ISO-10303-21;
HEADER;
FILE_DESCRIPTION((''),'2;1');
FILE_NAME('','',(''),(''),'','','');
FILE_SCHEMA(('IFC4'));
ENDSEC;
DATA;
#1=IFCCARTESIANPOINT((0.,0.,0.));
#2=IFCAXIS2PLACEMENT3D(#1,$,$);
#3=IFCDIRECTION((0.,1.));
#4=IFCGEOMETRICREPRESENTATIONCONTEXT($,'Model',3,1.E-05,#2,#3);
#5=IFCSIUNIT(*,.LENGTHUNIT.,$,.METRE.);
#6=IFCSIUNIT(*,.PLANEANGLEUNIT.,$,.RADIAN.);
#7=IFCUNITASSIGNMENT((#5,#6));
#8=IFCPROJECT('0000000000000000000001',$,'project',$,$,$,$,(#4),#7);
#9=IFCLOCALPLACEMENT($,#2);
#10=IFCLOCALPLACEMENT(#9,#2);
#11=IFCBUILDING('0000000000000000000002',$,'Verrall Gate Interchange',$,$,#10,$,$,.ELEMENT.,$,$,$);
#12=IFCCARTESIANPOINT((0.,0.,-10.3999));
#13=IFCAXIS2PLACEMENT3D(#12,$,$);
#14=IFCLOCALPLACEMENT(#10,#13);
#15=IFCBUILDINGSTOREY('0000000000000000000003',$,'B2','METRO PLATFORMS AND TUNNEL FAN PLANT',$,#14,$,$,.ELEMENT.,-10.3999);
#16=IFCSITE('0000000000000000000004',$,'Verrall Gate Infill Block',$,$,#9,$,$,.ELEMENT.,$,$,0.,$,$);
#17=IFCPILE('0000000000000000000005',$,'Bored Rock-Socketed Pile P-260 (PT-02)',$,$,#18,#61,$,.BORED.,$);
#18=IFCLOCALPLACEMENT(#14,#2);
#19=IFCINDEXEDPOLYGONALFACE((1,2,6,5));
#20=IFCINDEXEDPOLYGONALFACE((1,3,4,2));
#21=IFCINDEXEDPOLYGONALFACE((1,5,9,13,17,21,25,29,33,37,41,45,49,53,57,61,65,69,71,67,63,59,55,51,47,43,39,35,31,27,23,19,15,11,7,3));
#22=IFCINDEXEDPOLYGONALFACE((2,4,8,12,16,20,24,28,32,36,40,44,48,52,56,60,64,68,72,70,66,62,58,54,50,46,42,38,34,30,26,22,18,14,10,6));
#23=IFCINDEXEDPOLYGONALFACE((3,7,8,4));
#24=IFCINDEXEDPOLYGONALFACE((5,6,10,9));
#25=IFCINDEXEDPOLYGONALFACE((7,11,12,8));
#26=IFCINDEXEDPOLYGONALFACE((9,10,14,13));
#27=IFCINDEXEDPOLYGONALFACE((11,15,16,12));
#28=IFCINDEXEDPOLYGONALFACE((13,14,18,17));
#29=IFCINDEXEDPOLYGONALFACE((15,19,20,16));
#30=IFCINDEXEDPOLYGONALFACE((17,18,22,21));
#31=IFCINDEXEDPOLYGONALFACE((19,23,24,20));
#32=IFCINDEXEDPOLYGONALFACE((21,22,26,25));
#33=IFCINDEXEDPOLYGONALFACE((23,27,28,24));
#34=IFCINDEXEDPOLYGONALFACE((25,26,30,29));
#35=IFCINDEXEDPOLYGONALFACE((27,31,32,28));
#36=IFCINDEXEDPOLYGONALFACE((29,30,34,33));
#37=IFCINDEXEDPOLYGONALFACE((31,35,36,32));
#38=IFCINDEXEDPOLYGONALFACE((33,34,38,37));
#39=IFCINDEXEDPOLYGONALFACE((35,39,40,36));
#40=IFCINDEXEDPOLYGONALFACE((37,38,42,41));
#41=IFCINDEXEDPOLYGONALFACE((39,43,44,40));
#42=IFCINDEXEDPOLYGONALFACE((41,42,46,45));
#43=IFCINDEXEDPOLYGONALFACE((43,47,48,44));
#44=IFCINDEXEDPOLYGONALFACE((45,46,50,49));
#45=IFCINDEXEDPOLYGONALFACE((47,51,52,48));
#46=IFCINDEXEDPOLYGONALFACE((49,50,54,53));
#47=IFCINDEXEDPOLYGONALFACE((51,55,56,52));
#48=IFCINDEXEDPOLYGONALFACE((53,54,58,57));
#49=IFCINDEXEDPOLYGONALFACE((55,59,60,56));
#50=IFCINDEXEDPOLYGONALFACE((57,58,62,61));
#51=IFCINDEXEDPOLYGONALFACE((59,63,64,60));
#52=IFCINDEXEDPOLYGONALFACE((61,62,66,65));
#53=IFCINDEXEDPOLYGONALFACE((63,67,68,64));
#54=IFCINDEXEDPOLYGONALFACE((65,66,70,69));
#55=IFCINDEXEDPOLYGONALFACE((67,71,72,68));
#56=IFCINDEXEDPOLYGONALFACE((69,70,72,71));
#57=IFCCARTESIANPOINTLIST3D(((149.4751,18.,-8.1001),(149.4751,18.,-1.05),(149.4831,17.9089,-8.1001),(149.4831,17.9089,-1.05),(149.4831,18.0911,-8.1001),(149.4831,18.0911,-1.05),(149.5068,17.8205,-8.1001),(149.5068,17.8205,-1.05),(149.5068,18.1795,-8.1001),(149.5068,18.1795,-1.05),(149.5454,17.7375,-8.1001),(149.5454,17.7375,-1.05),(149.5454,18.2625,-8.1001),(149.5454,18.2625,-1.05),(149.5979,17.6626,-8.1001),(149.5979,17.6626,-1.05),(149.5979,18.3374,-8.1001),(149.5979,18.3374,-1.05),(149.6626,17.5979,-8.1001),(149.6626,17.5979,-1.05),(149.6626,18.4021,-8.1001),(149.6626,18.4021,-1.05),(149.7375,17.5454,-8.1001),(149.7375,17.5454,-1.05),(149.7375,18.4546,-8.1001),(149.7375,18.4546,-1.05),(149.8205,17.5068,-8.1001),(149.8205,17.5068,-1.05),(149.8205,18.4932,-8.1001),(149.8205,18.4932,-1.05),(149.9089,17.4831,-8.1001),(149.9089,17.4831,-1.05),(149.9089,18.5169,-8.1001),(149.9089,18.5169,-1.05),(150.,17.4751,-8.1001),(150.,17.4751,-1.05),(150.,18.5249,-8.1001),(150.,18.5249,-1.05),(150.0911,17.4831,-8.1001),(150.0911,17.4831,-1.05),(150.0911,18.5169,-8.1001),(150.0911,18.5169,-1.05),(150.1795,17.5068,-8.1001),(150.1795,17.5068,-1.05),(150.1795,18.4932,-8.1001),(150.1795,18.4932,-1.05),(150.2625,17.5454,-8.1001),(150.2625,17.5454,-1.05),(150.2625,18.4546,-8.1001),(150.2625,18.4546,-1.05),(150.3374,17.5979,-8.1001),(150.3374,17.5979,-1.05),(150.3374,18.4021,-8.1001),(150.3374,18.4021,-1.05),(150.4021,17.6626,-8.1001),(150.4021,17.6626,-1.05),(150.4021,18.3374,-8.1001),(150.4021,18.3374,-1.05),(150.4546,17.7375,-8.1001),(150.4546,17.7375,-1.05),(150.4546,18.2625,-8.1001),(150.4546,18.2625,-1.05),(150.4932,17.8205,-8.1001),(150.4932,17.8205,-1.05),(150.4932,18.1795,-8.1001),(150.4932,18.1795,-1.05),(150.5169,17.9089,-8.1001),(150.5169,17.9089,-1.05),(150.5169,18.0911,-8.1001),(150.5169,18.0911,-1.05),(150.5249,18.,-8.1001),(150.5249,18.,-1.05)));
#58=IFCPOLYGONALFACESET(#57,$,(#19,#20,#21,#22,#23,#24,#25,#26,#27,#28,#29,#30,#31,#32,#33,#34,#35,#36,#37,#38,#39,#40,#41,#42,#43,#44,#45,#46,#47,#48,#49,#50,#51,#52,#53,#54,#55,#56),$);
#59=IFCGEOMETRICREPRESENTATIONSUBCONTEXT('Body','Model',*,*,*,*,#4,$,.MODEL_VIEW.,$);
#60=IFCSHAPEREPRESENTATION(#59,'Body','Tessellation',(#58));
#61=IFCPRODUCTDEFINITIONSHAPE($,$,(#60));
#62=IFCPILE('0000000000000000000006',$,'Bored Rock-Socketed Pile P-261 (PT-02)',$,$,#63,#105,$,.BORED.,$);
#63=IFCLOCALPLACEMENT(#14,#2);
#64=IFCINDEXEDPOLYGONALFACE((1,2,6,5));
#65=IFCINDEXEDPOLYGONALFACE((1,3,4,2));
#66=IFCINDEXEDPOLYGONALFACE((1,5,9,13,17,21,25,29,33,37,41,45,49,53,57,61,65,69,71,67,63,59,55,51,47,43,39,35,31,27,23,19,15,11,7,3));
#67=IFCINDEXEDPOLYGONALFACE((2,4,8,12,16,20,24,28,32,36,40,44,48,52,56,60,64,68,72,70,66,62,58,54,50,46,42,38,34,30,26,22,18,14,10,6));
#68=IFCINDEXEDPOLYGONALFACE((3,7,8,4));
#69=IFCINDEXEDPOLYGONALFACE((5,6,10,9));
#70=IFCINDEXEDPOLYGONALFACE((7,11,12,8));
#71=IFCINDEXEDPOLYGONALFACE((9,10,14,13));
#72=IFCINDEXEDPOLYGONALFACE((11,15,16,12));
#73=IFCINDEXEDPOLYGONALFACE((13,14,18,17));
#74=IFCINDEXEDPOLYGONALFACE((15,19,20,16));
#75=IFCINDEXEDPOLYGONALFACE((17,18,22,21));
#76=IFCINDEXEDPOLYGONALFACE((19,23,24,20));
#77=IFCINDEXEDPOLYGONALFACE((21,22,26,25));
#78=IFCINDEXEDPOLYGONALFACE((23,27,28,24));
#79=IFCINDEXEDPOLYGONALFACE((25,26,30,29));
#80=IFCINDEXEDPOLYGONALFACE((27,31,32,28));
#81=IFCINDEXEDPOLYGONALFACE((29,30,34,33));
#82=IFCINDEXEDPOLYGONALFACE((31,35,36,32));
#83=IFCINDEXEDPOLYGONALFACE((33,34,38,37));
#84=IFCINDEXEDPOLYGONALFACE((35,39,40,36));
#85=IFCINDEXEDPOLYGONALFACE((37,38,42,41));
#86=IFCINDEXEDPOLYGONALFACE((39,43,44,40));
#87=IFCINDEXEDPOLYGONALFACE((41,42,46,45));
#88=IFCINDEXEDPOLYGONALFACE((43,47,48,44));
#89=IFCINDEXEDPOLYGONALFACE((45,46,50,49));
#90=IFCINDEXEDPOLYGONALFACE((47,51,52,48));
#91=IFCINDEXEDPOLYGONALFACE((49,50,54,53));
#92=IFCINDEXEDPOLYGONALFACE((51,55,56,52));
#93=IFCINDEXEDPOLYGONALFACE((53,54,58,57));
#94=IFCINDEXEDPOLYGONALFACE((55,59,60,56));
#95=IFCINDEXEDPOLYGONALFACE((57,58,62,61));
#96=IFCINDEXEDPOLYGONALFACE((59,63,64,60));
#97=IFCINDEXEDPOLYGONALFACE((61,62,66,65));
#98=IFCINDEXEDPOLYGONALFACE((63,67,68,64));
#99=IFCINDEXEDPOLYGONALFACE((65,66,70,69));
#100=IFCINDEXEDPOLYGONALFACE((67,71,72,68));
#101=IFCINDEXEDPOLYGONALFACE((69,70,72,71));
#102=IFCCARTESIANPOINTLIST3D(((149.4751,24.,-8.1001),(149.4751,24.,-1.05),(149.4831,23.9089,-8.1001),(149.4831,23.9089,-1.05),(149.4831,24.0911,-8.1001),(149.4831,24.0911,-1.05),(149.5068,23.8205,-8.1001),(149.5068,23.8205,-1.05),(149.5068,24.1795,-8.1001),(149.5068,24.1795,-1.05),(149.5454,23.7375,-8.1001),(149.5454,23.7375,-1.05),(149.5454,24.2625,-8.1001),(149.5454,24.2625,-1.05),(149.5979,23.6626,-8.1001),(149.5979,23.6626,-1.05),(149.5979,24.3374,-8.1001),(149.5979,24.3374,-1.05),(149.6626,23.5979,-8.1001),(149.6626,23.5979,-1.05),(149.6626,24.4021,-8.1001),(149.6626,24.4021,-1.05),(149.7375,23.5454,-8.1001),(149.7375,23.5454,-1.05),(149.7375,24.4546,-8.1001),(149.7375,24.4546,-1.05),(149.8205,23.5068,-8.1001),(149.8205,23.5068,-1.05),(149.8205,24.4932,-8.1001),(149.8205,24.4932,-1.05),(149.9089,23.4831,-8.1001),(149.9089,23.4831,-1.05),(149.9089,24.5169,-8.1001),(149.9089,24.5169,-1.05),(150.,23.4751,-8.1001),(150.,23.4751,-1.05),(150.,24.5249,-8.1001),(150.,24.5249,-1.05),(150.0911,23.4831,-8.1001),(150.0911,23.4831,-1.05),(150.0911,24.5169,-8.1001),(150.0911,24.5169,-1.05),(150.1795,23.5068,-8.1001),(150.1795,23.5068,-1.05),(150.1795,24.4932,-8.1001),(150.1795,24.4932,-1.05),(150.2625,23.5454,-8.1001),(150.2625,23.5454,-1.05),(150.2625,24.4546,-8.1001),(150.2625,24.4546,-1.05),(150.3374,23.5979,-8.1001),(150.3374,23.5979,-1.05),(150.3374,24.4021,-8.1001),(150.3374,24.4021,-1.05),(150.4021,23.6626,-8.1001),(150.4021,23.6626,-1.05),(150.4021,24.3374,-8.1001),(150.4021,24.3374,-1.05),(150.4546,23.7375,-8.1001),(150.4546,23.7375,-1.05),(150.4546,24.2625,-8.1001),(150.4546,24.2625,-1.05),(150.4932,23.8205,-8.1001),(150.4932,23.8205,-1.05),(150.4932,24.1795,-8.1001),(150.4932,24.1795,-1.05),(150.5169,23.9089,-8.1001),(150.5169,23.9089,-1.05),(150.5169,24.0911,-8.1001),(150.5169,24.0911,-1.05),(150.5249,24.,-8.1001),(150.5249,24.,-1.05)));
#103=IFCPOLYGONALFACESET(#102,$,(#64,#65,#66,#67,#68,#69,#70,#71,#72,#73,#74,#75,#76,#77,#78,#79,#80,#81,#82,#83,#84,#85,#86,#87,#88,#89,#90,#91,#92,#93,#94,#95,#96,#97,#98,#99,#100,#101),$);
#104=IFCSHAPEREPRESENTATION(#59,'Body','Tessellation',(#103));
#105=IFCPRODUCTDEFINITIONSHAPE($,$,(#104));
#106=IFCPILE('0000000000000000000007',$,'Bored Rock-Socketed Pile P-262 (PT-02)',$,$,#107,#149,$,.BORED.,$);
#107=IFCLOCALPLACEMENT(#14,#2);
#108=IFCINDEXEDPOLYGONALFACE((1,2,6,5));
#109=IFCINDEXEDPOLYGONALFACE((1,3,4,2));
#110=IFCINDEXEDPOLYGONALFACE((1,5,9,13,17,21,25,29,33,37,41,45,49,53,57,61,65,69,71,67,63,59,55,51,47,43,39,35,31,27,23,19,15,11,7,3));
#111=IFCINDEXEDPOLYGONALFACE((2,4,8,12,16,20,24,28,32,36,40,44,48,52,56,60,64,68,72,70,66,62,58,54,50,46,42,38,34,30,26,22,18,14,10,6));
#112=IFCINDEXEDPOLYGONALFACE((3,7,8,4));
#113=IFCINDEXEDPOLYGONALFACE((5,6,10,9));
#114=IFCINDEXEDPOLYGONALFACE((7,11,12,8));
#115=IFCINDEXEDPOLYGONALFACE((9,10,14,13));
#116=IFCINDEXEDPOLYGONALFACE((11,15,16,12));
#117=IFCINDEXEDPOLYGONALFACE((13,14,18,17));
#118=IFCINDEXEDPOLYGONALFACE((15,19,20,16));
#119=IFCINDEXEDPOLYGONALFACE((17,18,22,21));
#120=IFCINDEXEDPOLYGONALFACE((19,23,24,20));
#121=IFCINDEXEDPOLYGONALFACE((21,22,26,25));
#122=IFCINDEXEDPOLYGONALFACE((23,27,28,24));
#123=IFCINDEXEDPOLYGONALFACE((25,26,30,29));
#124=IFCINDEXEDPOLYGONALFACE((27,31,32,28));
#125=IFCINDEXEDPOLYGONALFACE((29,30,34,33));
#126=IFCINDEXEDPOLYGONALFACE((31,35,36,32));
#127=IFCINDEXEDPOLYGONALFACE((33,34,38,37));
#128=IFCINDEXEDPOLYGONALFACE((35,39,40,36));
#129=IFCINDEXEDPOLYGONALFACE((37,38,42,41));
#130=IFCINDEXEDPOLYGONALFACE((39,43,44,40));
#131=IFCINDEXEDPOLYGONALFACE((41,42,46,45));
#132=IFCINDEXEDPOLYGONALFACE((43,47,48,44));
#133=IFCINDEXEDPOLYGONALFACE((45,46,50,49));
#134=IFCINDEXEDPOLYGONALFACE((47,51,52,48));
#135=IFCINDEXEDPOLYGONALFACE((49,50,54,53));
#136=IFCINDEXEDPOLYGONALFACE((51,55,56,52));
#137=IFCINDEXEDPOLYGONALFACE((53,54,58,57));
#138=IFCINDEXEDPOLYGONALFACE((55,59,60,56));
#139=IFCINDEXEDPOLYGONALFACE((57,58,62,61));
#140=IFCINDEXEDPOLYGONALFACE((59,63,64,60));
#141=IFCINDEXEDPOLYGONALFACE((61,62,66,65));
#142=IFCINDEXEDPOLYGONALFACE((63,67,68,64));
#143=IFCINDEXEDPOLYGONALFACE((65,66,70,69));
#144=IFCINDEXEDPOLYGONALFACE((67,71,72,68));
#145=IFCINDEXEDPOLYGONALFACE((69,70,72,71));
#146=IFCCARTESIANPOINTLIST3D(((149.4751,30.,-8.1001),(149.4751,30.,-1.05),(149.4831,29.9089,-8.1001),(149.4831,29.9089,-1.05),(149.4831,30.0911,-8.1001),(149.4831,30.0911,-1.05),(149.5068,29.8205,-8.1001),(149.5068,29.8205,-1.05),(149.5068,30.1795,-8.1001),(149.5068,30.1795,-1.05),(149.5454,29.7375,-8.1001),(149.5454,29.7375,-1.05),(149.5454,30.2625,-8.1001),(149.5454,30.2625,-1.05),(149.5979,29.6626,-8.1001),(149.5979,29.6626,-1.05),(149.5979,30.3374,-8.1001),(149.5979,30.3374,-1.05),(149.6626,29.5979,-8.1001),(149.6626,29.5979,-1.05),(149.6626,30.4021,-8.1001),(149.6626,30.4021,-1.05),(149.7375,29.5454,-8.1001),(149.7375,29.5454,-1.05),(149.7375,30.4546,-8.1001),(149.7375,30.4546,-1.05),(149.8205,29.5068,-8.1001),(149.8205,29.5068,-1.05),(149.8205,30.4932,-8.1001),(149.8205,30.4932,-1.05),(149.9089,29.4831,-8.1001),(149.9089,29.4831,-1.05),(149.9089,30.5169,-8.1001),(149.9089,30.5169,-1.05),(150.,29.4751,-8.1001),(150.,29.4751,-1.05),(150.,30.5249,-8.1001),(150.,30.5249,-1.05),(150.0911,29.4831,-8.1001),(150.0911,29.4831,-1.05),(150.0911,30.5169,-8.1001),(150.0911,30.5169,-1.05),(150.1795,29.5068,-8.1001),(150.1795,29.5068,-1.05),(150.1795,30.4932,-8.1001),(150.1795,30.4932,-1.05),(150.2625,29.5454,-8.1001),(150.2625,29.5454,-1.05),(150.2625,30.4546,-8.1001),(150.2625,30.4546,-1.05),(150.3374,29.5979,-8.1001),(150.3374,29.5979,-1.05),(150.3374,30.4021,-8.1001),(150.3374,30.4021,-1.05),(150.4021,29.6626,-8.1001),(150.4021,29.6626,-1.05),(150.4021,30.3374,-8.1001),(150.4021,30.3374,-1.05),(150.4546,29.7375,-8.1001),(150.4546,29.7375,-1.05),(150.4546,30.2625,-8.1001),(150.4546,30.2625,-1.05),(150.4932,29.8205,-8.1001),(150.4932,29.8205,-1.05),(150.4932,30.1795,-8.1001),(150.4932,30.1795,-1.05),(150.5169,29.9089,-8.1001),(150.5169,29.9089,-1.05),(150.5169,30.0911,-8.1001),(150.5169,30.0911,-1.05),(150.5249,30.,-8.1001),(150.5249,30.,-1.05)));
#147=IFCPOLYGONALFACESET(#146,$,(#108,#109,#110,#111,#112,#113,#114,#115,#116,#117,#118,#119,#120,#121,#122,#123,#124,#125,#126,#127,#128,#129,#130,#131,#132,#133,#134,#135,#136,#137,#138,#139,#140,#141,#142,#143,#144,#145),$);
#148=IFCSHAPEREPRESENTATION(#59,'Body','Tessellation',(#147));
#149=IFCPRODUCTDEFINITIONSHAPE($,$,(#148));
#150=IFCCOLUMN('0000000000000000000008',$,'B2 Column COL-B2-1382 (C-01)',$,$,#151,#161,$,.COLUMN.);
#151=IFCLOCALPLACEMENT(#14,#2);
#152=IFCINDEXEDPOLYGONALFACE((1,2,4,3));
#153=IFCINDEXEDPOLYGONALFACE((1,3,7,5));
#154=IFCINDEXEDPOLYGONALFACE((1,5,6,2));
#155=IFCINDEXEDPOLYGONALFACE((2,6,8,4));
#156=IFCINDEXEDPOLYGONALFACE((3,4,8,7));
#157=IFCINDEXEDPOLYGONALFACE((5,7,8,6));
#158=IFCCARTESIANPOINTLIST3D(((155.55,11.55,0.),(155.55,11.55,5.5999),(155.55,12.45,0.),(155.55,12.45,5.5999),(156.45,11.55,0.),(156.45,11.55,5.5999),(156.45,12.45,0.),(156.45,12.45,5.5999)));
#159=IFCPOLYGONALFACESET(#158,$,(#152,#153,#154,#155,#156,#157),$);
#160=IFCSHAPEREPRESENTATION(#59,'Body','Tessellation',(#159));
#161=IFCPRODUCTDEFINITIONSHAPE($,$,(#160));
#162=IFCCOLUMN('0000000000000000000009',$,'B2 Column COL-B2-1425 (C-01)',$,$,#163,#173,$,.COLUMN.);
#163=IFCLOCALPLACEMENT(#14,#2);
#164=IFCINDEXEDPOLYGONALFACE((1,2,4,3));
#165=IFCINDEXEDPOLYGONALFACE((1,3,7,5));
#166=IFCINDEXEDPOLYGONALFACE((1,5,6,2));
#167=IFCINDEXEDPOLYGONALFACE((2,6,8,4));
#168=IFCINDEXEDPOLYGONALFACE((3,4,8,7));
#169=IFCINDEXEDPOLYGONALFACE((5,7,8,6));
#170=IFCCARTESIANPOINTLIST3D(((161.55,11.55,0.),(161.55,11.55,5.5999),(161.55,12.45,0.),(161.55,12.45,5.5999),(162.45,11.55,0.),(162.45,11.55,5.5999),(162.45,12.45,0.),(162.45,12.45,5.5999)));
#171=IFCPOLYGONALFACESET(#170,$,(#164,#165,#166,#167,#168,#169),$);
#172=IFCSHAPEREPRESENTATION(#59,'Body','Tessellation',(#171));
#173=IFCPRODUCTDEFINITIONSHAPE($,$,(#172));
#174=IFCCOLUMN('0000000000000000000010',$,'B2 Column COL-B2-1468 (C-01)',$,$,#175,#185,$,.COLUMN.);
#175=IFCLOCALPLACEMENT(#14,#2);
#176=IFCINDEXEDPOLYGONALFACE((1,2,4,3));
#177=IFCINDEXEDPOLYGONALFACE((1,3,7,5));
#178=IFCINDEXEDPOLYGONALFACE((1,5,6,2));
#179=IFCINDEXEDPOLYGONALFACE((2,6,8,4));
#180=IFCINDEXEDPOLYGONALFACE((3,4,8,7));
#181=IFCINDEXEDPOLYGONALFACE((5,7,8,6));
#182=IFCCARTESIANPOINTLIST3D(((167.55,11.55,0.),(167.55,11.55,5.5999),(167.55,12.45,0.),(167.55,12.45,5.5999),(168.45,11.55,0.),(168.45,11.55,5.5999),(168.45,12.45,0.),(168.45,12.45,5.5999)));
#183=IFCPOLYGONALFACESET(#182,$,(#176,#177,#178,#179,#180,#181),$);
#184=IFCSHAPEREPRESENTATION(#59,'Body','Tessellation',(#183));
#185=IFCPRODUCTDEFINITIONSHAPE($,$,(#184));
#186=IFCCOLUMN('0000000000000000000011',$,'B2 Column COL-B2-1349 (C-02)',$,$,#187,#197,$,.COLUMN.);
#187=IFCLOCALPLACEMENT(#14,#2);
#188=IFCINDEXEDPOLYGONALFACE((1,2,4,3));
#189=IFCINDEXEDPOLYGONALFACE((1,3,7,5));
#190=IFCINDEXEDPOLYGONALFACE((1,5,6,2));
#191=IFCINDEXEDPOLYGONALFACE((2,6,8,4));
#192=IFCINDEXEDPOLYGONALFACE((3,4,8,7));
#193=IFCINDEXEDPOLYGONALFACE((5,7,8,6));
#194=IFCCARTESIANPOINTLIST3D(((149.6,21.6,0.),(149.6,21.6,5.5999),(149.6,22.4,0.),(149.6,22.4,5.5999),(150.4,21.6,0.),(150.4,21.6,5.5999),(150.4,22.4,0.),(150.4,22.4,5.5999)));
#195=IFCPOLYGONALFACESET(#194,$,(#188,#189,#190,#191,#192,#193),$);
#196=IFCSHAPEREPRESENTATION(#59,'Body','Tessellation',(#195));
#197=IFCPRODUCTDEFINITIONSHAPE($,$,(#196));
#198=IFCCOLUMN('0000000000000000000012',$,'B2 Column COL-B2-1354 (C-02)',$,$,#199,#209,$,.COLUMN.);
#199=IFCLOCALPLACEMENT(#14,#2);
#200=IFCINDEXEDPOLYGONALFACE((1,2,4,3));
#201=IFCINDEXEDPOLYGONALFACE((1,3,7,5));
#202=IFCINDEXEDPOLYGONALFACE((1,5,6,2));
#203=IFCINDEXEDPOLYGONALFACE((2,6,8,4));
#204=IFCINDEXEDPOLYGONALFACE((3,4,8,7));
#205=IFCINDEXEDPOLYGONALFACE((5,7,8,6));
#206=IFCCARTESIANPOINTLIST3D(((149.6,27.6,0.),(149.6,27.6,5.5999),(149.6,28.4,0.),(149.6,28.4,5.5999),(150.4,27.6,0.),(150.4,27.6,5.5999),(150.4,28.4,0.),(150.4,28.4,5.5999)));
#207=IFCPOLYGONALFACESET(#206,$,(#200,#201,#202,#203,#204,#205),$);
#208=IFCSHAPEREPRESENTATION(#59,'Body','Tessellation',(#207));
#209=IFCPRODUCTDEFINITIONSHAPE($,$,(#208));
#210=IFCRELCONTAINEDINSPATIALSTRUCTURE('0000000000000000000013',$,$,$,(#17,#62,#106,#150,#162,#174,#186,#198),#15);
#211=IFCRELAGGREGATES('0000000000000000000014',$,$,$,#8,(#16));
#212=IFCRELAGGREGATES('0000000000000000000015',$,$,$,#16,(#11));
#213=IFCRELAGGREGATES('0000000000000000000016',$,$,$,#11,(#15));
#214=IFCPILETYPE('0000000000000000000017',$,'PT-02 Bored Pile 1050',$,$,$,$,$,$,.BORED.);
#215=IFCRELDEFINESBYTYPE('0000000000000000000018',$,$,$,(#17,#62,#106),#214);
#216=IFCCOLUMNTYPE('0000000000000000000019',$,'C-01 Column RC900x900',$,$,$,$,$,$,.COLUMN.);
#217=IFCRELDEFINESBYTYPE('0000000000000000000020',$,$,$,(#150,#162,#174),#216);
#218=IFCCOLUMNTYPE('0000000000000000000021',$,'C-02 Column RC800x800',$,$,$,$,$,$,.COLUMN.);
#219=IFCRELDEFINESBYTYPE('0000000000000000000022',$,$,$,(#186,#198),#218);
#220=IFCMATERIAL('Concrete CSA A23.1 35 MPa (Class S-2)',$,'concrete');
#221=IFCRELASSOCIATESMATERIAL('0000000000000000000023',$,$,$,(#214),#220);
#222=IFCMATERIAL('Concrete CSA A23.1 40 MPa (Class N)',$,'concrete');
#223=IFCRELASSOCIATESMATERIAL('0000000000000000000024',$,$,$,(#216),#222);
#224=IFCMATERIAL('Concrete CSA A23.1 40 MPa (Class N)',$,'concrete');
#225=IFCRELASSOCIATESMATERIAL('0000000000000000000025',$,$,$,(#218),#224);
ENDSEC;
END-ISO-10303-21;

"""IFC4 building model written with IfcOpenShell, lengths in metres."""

from ifc_helpers import new_model, si_unit, direction, frame, origin, origin_2d, place, context, subcontext, project, spatial, rectangle, circle, extrude, material, material_profile, profile_set, type_object, element, save


model = new_model("IFC4")

# Units and contexts
model_context = context("Model", 3, precision=1e-05, world=origin(), true_north=direction((0.0, 1.0)))
body_context = subcontext(model_context, "Body", "Model", "MODEL_VIEW")
ifc_project = project(units=[si_unit("LENGTHUNIT", "METRE"), si_unit("PLANEANGLEUNIT", "RADIAN")], contexts=[model_context])

# Site, building, storey
site_placement = place(None, origin())
site = spatial("IfcSite", under=ifc_project, at=site_placement, Name="Verrall Gate Infill Block", CompositionType="ELEMENT", RefElevation=0.0)
building_placement = place(site_placement, origin())
building = spatial("IfcBuilding", under=site, at=building_placement, Name="Verrall Gate Interchange", CompositionType="ELEMENT")
storey_placement = place(building_placement, frame((0.0, 0.0, -10.3999)))
storey = spatial("IfcBuildingStorey", under=building, at=storey_placement, Name="B2", Description="METRO PLATFORMS AND TUNNEL FAN PLANT", CompositionType="ELEMENT", Elevation=-10.3999)

# Piles
ifc_material_1 = material(Name="Concrete CSA A23.1 35 MPa (Class S-2)", Category="concrete")
ifc_material_profile_1 = material_profile(ifc_material_1, circle(Radius=0.5249, at=origin_2d()), Name="PILE1050D")
ifc_profile_set_1 = profile_set([ifc_material_profile_1], Name="Concrete CSA A23.1 35 MPa (Class S-2)")
pile_type = type_object("IfcPileType", Name="PT-02 Bored Pile 1050", PredefinedType="BORED", material=ifc_profile_set_1)
for number, where, z_axis, x_axis, name in (
    (1, (150.0, 18.0, -1.05), (0.0, 0.0, -1.0), (1.0, 0.0, 0.0), "Bored Rock-Socketed Pile P-260 (PT-02)"),
    (2, (150.0, 24.0, -1.05), (0.0, 0.0, -1.0), (1.0, 0.0, 0.0), "Bored Rock-Socketed Pile P-261 (PT-02)"),
    (3, (150.0, 30.0, -1.05), (0.0, 0.0, -1.0), (1.0, 0.0, 0.0), "Bored Rock-Socketed Pile P-262 (PT-02)"),
):
    element("IfcPile", number, at=place(storey_placement, frame(where, z_axis=z_axis, x_axis=x_axis)), inside=storey, type_object=pile_type, Name=name, PredefinedType="BORED", context=body_context, shape_type="SweptSolid", body=[
        extrude(circle(Radius=0.5249, at=origin_2d()), origin(), (0.0, 0.0, 1.0), 7.05),
    ])

# Columns
ifc_material_2 = material(Name="Concrete CSA A23.1 40 MPa (Class N)", Category="concrete")
ifc_material_profile_2 = material_profile(ifc_material_2, rectangle(XDim=0.8999, YDim=0.8999, at=origin_2d()), Name="RC900x900")
ifc_profile_set_2 = profile_set([ifc_material_profile_2], Name="Concrete CSA A23.1 40 MPa (Class N)")
column_type_1 = type_object("IfcColumnType", Name="C-01 Column RC900x900", PredefinedType="COLUMN", material=ifc_profile_set_2)
for number, where, z_axis, x_axis, name in (
    (4, (156.0, 12.0, 0.0), (0.0, 0.0, 1.0), (1.0, 0.0, 0.0), "B2 Column COL-B2-1382 (C-01)"),
    (5, (162.0, 12.0, 0.0), (0.0, 0.0, 1.0), (1.0, 0.0, 0.0), "B2 Column COL-B2-1425 (C-01)"),
    (6, (168.0, 12.0, 0.0), (0.0, 0.0, 1.0), (1.0, 0.0, 0.0), "B2 Column COL-B2-1468 (C-01)"),
):
    element("IfcColumn", number, at=place(storey_placement, frame(where, z_axis=z_axis, x_axis=x_axis)), inside=storey, type_object=column_type_1, Name=name, PredefinedType="COLUMN", context=body_context, shape_type="SweptSolid", body=[
        extrude(rectangle(XDim=0.8999, YDim=0.8999, at=origin_2d()), origin(), (0.0, 0.0, 1.0), 5.5999),
    ])
ifc_material_3 = material(Name="Concrete CSA A23.1 40 MPa (Class N)", Category="concrete")
ifc_material_profile_3 = material_profile(ifc_material_3, rectangle(XDim=0.8, YDim=0.8, at=origin_2d()), Name="RC800x800")
ifc_profile_set_3 = profile_set([ifc_material_profile_3], Name="Concrete CSA A23.1 40 MPa (Class N)")
column_type_2 = type_object("IfcColumnType", Name="C-02 Column RC800x800", PredefinedType="COLUMN", material=ifc_profile_set_3)
for number, where, z_axis, x_axis, name in (
    (7, (150.0, 22.0, 0.0), (0.0, 0.0, 1.0), (1.0, 0.0, 0.0), "B2 Column COL-B2-1349 (C-02)"),
    (8, (150.0, 28.0, 0.0), (0.0, 0.0, 1.0), (1.0, 0.0, 0.0), "B2 Column COL-B2-1354 (C-02)"),
):
    element("IfcColumn", number, at=place(storey_placement, frame(where, z_axis=z_axis, x_axis=x_axis)), inside=storey, type_object=column_type_2, Name=name, PredefinedType="COLUMN", context=body_context, shape_type="SweptSolid", body=[
        extrude(rectangle(XDim=0.8, YDim=0.8, at=origin_2d()), origin(), (0.0, 0.0, 1.0), 5.5999),
    ])

save(model, "model.ifc")
